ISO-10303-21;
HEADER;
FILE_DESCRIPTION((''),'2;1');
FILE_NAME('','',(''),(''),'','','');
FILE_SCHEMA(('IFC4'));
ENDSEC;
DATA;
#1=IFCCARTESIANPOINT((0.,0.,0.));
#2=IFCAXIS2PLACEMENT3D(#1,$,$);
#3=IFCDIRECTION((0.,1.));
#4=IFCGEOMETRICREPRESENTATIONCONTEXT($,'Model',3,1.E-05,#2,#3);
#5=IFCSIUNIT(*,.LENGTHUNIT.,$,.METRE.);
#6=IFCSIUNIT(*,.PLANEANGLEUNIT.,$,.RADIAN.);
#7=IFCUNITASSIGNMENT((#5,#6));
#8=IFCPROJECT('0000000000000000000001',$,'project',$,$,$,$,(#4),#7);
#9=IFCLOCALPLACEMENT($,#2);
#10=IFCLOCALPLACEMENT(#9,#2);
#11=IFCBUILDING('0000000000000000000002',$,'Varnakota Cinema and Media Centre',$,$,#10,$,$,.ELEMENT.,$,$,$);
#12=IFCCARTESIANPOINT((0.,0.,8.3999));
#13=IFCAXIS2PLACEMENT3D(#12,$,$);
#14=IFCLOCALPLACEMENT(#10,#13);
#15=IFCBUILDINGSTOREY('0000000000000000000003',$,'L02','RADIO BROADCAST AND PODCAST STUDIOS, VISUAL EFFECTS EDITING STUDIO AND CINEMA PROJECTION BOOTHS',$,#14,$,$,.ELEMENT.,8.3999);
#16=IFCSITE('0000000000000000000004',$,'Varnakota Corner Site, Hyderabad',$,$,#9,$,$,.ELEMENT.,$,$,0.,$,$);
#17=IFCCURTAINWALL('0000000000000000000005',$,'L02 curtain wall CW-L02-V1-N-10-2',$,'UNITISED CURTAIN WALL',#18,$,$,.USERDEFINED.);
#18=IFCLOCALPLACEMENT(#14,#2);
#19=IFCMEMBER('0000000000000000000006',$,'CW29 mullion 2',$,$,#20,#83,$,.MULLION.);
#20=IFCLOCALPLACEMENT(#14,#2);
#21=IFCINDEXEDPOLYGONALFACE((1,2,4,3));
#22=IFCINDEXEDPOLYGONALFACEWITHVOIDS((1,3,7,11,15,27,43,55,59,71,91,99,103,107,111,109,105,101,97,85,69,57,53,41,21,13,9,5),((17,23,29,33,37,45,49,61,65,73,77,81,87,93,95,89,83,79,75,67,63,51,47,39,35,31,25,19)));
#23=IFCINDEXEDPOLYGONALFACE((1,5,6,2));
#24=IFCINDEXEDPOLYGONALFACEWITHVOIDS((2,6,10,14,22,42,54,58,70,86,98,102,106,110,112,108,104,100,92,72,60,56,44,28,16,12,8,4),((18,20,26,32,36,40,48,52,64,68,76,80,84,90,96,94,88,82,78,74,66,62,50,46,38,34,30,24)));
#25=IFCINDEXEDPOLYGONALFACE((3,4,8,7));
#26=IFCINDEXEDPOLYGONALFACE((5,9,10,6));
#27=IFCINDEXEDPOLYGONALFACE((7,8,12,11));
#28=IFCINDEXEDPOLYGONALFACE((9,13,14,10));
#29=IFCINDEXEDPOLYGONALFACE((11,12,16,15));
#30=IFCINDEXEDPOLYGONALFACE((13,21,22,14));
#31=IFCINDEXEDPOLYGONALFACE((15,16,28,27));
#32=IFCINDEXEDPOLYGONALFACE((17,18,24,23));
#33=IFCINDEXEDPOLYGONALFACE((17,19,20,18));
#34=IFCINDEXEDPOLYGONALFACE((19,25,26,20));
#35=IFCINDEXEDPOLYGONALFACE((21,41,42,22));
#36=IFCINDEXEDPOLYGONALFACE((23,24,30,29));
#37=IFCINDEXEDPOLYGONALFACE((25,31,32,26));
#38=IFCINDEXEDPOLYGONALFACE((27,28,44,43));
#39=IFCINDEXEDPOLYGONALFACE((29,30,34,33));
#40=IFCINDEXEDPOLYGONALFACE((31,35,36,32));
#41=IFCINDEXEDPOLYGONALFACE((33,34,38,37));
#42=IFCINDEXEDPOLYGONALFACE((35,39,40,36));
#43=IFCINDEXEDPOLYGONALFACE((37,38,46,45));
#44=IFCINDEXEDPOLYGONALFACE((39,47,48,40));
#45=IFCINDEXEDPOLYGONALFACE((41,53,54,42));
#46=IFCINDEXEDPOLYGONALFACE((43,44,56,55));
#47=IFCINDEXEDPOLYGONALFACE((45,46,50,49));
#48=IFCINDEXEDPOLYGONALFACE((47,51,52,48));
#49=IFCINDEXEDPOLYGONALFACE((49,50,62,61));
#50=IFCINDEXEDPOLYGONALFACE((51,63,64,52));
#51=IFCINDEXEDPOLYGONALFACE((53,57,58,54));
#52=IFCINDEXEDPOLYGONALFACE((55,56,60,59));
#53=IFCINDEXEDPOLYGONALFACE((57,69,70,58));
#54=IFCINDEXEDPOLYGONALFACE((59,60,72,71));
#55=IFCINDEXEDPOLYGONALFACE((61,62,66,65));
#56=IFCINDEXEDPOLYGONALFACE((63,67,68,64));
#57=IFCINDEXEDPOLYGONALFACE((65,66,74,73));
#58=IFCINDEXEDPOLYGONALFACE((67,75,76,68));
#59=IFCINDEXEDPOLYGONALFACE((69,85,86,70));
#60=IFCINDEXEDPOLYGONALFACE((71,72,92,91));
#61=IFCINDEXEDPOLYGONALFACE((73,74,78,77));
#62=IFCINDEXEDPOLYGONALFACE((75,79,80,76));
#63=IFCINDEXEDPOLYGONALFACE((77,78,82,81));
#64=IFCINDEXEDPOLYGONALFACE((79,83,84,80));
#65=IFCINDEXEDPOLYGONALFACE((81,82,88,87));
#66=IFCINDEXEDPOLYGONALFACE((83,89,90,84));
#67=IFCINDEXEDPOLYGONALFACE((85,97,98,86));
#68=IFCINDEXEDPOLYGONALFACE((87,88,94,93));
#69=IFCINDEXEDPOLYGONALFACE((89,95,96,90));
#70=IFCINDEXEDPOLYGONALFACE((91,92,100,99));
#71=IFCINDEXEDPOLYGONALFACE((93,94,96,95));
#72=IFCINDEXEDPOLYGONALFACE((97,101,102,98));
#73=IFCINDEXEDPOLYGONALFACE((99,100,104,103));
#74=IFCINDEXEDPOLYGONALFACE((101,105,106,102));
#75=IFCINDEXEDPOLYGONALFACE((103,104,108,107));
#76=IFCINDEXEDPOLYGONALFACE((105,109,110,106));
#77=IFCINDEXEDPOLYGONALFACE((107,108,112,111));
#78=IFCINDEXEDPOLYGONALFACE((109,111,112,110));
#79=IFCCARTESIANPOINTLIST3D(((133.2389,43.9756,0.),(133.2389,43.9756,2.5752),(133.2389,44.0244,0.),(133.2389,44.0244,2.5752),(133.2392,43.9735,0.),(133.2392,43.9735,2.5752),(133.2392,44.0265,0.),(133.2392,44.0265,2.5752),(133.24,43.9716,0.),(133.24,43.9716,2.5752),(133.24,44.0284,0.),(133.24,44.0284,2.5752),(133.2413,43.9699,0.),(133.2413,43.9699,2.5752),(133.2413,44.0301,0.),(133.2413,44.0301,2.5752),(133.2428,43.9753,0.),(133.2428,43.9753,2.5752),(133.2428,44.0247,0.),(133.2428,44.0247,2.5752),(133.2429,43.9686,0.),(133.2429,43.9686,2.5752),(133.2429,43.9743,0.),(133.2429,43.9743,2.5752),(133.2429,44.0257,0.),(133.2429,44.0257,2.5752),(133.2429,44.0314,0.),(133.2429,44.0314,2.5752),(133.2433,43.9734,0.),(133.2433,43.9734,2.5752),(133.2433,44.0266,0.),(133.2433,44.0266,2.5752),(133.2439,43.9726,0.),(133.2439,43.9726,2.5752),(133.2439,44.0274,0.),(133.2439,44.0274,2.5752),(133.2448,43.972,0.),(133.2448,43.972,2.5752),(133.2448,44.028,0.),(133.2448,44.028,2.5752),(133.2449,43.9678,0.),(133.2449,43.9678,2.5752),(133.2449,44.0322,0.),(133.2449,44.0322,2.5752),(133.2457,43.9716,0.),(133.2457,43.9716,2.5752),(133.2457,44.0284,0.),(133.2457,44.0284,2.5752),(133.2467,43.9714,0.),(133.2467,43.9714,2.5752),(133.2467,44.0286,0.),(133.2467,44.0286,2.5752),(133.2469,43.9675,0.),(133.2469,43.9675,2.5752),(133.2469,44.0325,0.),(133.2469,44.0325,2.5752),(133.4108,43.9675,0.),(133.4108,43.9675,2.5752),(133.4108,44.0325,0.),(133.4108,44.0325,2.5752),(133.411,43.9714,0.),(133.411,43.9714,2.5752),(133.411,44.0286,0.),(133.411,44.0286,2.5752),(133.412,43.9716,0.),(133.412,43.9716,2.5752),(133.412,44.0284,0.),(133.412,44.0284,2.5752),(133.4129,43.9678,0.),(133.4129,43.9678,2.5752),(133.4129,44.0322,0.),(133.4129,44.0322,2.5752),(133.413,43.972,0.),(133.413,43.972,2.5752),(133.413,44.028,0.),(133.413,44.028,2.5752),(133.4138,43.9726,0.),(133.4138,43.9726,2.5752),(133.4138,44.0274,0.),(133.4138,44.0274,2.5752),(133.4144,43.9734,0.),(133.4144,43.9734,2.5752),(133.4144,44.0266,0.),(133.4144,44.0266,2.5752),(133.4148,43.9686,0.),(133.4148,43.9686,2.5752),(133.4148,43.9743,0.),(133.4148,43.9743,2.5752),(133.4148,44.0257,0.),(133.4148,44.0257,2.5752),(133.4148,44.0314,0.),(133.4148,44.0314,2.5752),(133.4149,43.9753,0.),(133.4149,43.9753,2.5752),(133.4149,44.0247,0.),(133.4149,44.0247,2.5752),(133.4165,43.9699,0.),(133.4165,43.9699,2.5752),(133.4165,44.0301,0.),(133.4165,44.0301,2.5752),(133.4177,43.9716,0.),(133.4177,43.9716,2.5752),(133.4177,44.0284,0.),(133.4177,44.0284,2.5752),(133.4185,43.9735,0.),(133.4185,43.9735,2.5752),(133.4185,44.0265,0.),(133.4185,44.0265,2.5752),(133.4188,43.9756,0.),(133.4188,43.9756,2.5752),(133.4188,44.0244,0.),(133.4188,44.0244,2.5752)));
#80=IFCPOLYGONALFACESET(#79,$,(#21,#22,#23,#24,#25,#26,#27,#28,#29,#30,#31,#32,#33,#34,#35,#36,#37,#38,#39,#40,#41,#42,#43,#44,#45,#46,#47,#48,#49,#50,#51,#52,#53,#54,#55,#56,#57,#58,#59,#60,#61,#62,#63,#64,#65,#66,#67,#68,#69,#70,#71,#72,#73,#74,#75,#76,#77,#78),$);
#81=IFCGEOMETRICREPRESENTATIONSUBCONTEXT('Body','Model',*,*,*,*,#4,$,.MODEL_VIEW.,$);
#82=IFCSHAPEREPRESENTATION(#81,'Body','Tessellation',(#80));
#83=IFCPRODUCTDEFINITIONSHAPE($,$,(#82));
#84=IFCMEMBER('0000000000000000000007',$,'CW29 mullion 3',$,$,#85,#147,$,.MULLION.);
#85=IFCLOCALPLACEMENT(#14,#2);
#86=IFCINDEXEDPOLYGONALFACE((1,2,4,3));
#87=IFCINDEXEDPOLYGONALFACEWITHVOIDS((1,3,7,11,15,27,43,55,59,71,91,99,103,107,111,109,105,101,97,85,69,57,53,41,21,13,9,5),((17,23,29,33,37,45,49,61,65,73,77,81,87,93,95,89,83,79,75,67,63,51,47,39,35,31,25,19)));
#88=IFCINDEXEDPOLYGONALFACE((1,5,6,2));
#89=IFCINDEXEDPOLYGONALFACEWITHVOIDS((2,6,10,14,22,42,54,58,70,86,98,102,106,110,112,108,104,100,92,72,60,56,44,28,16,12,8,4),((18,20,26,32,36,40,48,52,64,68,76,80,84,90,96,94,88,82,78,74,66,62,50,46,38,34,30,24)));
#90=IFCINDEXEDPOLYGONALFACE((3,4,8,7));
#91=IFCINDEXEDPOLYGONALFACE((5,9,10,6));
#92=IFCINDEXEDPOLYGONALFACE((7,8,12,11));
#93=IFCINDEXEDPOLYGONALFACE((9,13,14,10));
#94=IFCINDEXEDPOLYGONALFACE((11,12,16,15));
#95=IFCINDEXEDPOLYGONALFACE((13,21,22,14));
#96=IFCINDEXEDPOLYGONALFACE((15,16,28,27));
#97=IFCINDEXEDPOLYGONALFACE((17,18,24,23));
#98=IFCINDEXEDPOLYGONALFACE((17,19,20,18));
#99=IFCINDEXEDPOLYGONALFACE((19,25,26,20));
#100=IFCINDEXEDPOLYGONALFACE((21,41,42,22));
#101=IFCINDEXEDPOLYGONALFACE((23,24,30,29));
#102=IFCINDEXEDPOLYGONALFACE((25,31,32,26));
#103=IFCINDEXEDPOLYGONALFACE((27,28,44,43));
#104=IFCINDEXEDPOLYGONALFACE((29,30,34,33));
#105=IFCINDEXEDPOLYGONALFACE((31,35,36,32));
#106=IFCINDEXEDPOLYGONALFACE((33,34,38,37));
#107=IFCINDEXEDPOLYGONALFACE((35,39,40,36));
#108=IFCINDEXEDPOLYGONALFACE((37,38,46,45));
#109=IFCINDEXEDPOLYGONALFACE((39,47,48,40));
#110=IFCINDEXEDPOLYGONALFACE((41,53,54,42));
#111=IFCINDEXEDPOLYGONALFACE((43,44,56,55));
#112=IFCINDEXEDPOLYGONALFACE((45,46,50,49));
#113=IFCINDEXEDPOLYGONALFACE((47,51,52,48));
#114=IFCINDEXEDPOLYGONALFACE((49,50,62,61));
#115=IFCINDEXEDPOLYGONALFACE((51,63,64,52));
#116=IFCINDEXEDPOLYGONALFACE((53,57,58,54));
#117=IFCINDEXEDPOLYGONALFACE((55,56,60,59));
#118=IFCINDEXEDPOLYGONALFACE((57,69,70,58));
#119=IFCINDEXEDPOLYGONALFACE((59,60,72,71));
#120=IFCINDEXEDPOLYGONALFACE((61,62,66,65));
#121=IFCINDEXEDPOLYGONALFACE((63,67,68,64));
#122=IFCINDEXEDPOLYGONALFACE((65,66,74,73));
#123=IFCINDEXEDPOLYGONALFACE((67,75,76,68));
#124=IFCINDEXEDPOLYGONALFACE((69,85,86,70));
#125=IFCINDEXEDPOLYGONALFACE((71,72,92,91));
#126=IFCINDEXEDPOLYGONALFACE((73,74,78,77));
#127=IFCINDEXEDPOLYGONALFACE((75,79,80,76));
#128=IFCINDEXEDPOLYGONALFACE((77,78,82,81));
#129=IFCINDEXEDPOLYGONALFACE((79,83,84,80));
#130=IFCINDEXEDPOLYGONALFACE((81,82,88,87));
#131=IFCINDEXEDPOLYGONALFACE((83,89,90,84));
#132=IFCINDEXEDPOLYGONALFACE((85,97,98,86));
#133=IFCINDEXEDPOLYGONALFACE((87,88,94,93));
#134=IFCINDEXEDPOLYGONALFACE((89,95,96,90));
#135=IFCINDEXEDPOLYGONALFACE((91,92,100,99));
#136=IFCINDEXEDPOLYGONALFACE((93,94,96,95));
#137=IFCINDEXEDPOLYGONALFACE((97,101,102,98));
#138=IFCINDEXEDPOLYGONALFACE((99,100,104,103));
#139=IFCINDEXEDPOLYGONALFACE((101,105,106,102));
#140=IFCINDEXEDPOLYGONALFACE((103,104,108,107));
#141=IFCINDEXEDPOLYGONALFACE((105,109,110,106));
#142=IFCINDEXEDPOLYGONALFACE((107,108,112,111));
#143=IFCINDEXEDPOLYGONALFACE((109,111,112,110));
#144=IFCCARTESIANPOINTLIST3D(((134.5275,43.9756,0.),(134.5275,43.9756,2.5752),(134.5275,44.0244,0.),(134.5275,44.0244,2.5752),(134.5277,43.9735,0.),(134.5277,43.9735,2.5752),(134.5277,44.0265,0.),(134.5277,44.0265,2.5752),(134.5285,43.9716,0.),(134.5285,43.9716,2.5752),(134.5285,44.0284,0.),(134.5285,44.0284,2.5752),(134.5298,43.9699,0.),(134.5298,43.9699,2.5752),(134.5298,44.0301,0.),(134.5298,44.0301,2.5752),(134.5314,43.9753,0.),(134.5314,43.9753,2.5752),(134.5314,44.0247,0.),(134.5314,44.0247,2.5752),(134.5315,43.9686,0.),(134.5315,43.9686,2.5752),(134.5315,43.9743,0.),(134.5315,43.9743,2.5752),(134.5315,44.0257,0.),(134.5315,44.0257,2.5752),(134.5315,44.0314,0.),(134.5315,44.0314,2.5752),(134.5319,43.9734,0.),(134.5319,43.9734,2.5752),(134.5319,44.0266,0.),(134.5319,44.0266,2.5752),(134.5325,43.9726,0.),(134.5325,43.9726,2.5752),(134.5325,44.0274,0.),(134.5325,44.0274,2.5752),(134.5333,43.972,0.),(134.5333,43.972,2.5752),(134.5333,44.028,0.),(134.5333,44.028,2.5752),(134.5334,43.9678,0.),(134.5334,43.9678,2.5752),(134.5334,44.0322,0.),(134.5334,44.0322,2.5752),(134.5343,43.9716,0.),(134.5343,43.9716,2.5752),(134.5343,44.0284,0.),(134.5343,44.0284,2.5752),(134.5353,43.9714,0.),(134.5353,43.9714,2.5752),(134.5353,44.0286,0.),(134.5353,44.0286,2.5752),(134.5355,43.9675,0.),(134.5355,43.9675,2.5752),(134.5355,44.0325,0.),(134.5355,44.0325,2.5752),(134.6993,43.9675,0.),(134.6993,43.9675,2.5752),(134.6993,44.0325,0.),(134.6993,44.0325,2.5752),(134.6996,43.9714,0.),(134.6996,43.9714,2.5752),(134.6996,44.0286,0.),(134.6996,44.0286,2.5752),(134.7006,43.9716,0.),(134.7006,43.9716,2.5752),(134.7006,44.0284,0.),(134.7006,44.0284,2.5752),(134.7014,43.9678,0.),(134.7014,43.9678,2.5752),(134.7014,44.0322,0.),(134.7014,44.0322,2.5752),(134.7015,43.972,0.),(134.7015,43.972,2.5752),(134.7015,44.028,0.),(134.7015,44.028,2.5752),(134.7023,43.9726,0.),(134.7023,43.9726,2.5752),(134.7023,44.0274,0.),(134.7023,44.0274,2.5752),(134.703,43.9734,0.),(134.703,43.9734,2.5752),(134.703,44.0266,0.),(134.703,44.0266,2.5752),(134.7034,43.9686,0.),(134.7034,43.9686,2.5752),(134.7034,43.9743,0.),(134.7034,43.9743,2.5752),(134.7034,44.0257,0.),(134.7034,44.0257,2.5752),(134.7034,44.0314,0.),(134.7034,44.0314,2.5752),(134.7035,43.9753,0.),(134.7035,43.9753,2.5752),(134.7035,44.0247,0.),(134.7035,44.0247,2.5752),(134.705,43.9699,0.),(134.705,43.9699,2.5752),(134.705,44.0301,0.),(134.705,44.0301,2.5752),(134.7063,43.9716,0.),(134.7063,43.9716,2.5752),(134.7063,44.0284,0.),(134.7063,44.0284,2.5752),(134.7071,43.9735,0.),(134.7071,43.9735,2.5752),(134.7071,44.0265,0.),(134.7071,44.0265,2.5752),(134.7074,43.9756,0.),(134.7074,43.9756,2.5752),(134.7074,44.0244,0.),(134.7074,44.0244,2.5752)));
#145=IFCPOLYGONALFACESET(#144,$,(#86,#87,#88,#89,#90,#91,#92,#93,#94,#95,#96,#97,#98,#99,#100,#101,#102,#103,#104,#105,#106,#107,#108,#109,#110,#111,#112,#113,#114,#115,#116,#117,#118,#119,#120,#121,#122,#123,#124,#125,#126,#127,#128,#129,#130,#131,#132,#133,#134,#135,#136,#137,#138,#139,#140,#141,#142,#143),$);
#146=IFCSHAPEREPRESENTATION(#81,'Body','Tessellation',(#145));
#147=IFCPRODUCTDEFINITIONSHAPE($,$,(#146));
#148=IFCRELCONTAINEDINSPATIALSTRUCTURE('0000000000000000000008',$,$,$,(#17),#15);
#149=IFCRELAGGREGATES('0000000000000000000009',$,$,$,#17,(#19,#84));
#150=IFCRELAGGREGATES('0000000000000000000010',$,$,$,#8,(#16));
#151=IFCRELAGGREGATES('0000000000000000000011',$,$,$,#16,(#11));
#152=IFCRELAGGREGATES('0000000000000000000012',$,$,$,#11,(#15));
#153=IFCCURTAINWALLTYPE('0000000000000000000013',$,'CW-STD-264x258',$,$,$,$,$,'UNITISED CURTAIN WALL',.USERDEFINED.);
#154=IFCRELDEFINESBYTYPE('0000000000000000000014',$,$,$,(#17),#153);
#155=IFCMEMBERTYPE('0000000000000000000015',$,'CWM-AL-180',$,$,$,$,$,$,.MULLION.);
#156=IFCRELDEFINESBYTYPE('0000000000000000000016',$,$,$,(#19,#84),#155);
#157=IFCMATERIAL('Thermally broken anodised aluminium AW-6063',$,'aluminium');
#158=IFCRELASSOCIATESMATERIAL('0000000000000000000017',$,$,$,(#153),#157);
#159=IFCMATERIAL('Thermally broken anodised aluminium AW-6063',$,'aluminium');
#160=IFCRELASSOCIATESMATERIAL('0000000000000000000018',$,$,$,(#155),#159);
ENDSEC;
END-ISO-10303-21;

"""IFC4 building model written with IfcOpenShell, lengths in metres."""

from ifc_helpers import new_model, si_unit, direction, frame, origin, origin_2d, place, context, subcontext, project, spatial, hollow_rectangle, extrude, material, material_profile, profile_set, type_object, element, aggregate, save


model = new_model("IFC4")

# Units and contexts
model_context = context("Model", 3, precision=1e-05, world=origin(), true_north=direction((0.0, 1.0)))
body_context = subcontext(model_context, "Body", "Model", "MODEL_VIEW")
ifc_project = project(units=[si_unit("LENGTHUNIT", "METRE"), si_unit("PLANEANGLEUNIT", "RADIAN")], contexts=[model_context])

# Site, building, storey
site_placement = place(None, origin())
site = spatial("IfcSite", under=ifc_project, at=site_placement, Name="Varnakota Corner Site, Hyderabad", CompositionType="ELEMENT", RefElevation=0.0)
building_placement = place(site_placement, origin())
building = spatial("IfcBuilding", under=site, at=building_placement, Name="Varnakota Cinema and Media Centre", CompositionType="ELEMENT")
storey_placement = place(building_placement, frame((0.0, 0.0, 8.3999)))
storey = spatial("IfcBuildingStorey", under=building, at=storey_placement, Name="L02", Description="RADIO BROADCAST AND PODCAST STUDIOS, VISUAL EFFECTS EDITING STUDIO AND CINEMA PROJECTION BOOTHS", CompositionType="ELEMENT", Elevation=8.3999)

# Curtain wall, members
ifc_material_1 = material(Name="Thermally broken anodised aluminium AW-6063", Category="aluminium")
curtain_wall_type = type_object("IfcCurtainWallType", Name="CW-STD-264x258", ElementType="UNITISED CURTAIN WALL", PredefinedType="USERDEFINED", material=ifc_material_1)
curtain_wall_placement = place(storey_placement, origin())
curtain_wall = element("IfcCurtainWall", 1, at=curtain_wall_placement, inside=storey, type_object=curtain_wall_type, Name="L02 curtain wall CW-L02-V1-N-10-2", ObjectType="UNITISED CURTAIN WALL", PredefinedType="USERDEFINED")
ifc_material_2 = material(Name="Thermally broken anodised aluminium AW-6063", Category="aluminium")
ifc_material_profile_1 = material_profile(ifc_material_2, hollow_rectangle(XDim=0.0649, YDim=0.1799, WallThickness=0.0039, InnerFilletRadius=0.0039, OuterFilletRadius=0.0081, at=origin_2d()), Name="AL-MULLION 180x65x4")
ifc_profile_set_1 = profile_set([ifc_material_profile_1], Name="Thermally broken anodised aluminium AW-6063")
member_type_1 = type_object("IfcMemberType", Name="CWM-AL-180", PredefinedType="MULLION", material=ifc_profile_set_1)
member_1_placement = place(storey_placement, frame((133.3289, 44.0, 0.0), z_axis=(0.0, 0.0, 1.0), x_axis=(0.0, 1.0, 0.0)))
member_1 = element("IfcMember", 2, at=member_1_placement, type_object=member_type_1, Name="CW29 mullion 2", PredefinedType="MULLION", context=body_context, shape_type="SweptSolid", body=[
    extrude(hollow_rectangle(XDim=0.0649, YDim=0.1799, WallThickness=0.0039, InnerFilletRadius=0.0039, OuterFilletRadius=0.0081, at=origin_2d()), origin(), (0.0, 0.0, 1.0), 2.5752),
])
member_2_placement = place(storey_placement, frame((134.6174, 44.0, 0.0), z_axis=(0.0, 0.0, 1.0), x_axis=(0.0, 1.0, 0.0)))
member_2 = element("IfcMember", 3, at=member_2_placement, type_object=member_type_1, Name="CW29 mullion 3", PredefinedType="MULLION", context=body_context, shape_type="SweptSolid", body=[
    extrude(hollow_rectangle(XDim=0.0649, YDim=0.1799, WallThickness=0.0039, InnerFilletRadius=0.0039, OuterFilletRadius=0.0081, at=origin_2d()), origin(), (0.0, 0.0, 1.0), 2.5752),
])
aggregate(curtain_wall, [member_1, member_2])

save(model, "model.ifc")
